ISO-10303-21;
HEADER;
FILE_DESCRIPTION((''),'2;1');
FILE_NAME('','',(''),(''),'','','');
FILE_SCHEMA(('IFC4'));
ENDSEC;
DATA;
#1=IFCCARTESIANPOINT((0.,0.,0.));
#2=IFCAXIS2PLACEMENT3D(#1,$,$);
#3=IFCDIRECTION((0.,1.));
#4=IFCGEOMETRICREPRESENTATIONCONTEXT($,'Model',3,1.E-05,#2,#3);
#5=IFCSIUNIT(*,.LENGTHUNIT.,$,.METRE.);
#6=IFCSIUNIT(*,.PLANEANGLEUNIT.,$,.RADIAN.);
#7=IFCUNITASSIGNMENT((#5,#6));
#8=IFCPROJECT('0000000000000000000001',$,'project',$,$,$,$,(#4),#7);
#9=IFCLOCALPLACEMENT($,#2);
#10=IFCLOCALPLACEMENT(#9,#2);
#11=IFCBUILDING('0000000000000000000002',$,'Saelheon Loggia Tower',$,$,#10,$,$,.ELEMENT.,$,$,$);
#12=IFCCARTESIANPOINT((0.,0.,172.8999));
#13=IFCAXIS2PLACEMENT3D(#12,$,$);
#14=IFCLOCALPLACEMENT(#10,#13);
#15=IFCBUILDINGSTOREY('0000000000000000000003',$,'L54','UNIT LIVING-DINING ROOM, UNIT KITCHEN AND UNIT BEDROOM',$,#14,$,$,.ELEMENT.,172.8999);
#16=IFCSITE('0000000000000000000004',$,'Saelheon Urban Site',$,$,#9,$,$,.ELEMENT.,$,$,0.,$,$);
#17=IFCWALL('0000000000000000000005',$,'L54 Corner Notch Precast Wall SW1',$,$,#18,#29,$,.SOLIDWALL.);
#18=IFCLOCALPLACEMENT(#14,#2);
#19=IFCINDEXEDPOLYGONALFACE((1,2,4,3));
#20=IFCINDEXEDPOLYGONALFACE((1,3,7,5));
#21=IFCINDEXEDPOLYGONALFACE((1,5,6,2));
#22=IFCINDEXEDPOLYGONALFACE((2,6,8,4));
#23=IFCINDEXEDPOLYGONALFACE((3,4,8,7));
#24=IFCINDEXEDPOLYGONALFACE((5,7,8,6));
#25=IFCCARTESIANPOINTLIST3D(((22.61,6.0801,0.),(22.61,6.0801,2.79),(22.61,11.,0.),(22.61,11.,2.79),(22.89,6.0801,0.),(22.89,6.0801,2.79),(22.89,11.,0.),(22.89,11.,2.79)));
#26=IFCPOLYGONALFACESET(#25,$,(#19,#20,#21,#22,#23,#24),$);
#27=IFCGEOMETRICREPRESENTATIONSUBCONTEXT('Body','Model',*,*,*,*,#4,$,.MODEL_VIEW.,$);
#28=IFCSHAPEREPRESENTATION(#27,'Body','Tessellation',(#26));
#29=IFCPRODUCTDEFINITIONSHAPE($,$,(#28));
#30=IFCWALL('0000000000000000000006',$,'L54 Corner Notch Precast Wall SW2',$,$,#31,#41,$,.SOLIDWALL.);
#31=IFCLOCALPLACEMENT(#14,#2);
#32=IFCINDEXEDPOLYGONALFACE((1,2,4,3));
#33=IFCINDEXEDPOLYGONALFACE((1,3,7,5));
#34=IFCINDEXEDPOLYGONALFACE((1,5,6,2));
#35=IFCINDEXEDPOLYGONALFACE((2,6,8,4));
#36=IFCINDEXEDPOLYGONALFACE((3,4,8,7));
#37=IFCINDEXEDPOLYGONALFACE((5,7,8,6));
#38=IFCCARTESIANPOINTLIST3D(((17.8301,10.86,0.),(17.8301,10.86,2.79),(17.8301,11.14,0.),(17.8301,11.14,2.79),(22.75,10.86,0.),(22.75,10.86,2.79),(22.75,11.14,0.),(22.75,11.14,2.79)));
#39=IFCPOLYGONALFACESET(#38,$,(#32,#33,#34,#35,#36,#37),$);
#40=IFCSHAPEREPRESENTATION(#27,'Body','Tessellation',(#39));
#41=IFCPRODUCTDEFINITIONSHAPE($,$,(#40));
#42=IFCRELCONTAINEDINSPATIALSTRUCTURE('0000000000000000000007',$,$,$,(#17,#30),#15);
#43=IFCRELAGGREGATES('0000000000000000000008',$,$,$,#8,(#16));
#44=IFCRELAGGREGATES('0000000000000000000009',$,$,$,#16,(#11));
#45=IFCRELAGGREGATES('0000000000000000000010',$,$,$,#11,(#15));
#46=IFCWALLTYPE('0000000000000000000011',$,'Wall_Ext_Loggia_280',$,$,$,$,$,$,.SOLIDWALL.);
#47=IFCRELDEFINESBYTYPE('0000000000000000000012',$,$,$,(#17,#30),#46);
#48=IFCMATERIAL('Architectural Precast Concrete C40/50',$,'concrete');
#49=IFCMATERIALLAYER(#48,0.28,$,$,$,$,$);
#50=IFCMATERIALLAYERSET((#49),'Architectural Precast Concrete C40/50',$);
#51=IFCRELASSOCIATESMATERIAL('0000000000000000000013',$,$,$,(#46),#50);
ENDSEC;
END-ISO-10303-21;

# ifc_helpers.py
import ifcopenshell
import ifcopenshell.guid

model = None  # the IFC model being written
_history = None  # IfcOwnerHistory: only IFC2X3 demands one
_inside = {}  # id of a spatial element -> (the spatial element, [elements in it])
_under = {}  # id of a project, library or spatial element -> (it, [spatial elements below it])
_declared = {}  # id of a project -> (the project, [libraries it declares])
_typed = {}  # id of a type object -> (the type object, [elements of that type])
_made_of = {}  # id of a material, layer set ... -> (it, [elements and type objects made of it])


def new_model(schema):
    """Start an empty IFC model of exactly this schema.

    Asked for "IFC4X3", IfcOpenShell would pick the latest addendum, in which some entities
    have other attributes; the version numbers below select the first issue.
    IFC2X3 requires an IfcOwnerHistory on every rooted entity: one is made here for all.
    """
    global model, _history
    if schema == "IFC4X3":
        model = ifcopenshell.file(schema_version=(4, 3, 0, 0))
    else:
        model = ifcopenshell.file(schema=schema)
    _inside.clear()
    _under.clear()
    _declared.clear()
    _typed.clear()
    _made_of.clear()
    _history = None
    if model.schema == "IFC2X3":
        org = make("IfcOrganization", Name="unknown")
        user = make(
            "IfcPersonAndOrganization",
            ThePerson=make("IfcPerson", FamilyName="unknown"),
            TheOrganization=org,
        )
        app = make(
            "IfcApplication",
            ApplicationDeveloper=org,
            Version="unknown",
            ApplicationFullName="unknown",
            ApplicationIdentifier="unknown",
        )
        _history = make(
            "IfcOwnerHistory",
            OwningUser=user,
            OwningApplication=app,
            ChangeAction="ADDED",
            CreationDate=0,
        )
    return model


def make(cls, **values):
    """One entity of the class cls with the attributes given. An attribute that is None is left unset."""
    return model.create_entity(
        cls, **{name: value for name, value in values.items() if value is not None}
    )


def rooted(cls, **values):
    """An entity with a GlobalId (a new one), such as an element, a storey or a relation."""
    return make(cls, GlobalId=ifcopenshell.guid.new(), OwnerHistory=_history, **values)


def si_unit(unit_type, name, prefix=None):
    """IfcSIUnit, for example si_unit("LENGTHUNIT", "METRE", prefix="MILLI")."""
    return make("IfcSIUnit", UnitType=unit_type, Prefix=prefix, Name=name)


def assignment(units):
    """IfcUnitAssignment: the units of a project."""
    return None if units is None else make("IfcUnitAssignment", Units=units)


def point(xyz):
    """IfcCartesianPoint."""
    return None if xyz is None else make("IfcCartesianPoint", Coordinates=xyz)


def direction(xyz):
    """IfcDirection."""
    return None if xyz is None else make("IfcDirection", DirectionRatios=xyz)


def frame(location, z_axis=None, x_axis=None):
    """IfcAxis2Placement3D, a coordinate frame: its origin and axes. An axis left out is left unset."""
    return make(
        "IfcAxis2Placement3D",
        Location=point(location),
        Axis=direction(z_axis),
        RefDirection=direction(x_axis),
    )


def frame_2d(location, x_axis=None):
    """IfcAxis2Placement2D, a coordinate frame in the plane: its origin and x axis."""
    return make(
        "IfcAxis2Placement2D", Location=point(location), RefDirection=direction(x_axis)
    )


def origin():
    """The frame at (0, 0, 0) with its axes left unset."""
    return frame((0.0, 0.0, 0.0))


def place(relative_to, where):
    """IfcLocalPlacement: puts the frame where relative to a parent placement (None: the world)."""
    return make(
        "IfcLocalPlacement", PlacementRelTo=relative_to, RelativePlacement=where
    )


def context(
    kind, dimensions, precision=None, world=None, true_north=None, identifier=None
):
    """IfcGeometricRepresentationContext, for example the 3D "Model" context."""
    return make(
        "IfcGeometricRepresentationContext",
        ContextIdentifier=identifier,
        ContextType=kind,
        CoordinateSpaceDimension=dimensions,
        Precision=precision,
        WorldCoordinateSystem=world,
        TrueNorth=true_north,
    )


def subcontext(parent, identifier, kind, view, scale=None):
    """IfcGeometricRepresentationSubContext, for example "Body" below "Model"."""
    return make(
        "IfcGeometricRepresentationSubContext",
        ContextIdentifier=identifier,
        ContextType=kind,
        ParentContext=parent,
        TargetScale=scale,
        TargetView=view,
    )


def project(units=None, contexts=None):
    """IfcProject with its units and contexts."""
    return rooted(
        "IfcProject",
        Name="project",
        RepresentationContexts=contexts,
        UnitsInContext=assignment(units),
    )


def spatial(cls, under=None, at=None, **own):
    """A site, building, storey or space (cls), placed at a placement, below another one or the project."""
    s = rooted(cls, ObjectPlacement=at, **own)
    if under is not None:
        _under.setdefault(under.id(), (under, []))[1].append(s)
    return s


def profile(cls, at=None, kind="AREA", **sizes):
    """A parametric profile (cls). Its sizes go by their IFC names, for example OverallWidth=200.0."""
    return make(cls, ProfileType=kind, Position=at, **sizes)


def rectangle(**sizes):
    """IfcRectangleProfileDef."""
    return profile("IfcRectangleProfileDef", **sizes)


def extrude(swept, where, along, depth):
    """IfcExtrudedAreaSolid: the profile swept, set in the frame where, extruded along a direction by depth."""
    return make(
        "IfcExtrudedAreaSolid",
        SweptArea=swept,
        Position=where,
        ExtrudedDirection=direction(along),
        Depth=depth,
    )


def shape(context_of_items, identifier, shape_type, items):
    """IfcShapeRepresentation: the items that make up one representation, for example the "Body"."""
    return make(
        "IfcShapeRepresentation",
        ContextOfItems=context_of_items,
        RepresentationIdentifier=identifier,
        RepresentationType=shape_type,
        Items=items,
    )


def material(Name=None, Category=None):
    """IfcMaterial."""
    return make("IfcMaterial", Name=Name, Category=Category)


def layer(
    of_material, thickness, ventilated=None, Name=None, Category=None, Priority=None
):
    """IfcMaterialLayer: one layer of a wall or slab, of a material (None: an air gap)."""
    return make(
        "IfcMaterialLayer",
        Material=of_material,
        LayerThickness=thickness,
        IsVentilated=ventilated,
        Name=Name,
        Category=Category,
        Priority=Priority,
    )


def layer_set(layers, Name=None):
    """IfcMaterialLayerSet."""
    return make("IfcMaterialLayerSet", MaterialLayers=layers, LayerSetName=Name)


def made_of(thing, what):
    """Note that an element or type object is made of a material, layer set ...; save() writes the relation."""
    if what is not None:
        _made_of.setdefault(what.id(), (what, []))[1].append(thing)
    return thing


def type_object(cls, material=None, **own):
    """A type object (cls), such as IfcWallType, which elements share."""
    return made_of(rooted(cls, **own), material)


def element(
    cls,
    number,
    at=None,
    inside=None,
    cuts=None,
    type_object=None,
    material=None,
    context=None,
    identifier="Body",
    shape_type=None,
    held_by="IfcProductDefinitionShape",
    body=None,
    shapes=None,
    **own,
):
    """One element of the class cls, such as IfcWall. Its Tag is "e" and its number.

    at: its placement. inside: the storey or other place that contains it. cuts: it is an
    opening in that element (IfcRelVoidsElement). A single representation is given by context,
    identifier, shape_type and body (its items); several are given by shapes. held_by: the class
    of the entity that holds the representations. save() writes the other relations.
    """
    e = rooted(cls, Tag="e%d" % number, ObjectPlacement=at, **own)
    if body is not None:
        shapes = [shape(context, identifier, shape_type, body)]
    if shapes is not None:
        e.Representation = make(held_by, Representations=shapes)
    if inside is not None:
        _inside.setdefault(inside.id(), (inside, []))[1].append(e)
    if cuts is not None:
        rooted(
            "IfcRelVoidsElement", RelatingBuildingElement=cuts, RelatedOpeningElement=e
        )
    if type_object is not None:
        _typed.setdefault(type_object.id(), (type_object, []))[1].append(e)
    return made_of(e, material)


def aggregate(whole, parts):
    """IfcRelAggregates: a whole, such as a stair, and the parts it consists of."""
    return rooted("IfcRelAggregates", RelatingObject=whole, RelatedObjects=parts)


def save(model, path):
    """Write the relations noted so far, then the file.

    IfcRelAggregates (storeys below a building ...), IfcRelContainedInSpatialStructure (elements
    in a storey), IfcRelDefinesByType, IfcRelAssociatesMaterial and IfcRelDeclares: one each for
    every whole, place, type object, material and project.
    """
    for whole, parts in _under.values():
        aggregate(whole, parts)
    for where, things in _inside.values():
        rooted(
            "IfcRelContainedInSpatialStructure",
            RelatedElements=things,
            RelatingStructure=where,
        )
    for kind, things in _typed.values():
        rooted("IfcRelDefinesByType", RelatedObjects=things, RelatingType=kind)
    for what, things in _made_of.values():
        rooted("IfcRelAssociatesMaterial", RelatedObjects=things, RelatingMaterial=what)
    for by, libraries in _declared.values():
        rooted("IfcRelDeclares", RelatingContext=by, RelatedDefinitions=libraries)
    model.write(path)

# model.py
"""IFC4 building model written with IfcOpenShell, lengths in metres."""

from ifc_helpers import new_model, si_unit, direction, frame, frame_2d, origin, place, context, subcontext, project, spatial, rectangle, extrude, material, layer, layer_set, type_object, element, save


model = new_model("IFC4")

# Units and contexts
model_context = context("Model", 3, precision=1e-05, world=origin(), true_north=direction((0.0, 1.0)))
body_context = subcontext(model_context, "Body", "Model", "MODEL_VIEW")
ifc_project = project(units=[si_unit("LENGTHUNIT", "METRE"), si_unit("PLANEANGLEUNIT", "RADIAN")], contexts=[model_context])

# Site, building, storey
site_placement = place(None, origin())
site = spatial("IfcSite", under=ifc_project, at=site_placement, Name="Saelheon Urban Site", CompositionType="ELEMENT", RefElevation=0.0)
building_placement = place(site_placement, origin())
building = spatial("IfcBuilding", under=site, at=building_placement, Name="Saelheon Loggia Tower", CompositionType="ELEMENT")
storey_placement = place(building_placement, frame((0.0, 0.0, 172.8999)))
storey = spatial("IfcBuildingStorey", under=building, at=storey_placement, Name="L54", Description="UNIT LIVING-DINING ROOM, UNIT KITCHEN AND UNIT BEDROOM", CompositionType="ELEMENT", Elevation=172.8999)

# Shared definitions
ifc_material_1 = material(Name="Architectural Precast Concrete C40/50", Category="concrete")
ifc_layer = layer(ifc_material_1, 0.28)
ifc_layer_set = layer_set([ifc_layer], Name="Architectural Precast Concrete C40/50")
wall_type = type_object("IfcWallType", Name="Wall_Ext_Loggia_280", PredefinedType="SOLIDWALL", material=ifc_layer_set)

# Walls
for number, where, z_axis, x_axis, name in (
    (1, (22.75, 6.0801, 0.0), (0.0, 0.0, 1.0), (0.0, 1.0, 0.0), "L54 Corner Notch Precast Wall SW1"),
    (2, (17.8301, 11.0, 0.0), (0.0, 0.0, 1.0), (1.0, 0.0, 0.0), "L54 Corner Notch Precast Wall SW2"),
):
    element("IfcWall", number, at=place(storey_placement, frame(where, z_axis=z_axis, x_axis=x_axis)), inside=storey, type_object=wall_type, Name=name, PredefinedType="SOLIDWALL", context=body_context, shape_type="SweptSolid", body=[
        extrude(rectangle(XDim=4.9199, YDim=0.28, at=frame_2d((2.46, 0.0))), origin(), (0.0, 0.0, 1.0), 2.79),
    ])

save(model, "model.ifc")
